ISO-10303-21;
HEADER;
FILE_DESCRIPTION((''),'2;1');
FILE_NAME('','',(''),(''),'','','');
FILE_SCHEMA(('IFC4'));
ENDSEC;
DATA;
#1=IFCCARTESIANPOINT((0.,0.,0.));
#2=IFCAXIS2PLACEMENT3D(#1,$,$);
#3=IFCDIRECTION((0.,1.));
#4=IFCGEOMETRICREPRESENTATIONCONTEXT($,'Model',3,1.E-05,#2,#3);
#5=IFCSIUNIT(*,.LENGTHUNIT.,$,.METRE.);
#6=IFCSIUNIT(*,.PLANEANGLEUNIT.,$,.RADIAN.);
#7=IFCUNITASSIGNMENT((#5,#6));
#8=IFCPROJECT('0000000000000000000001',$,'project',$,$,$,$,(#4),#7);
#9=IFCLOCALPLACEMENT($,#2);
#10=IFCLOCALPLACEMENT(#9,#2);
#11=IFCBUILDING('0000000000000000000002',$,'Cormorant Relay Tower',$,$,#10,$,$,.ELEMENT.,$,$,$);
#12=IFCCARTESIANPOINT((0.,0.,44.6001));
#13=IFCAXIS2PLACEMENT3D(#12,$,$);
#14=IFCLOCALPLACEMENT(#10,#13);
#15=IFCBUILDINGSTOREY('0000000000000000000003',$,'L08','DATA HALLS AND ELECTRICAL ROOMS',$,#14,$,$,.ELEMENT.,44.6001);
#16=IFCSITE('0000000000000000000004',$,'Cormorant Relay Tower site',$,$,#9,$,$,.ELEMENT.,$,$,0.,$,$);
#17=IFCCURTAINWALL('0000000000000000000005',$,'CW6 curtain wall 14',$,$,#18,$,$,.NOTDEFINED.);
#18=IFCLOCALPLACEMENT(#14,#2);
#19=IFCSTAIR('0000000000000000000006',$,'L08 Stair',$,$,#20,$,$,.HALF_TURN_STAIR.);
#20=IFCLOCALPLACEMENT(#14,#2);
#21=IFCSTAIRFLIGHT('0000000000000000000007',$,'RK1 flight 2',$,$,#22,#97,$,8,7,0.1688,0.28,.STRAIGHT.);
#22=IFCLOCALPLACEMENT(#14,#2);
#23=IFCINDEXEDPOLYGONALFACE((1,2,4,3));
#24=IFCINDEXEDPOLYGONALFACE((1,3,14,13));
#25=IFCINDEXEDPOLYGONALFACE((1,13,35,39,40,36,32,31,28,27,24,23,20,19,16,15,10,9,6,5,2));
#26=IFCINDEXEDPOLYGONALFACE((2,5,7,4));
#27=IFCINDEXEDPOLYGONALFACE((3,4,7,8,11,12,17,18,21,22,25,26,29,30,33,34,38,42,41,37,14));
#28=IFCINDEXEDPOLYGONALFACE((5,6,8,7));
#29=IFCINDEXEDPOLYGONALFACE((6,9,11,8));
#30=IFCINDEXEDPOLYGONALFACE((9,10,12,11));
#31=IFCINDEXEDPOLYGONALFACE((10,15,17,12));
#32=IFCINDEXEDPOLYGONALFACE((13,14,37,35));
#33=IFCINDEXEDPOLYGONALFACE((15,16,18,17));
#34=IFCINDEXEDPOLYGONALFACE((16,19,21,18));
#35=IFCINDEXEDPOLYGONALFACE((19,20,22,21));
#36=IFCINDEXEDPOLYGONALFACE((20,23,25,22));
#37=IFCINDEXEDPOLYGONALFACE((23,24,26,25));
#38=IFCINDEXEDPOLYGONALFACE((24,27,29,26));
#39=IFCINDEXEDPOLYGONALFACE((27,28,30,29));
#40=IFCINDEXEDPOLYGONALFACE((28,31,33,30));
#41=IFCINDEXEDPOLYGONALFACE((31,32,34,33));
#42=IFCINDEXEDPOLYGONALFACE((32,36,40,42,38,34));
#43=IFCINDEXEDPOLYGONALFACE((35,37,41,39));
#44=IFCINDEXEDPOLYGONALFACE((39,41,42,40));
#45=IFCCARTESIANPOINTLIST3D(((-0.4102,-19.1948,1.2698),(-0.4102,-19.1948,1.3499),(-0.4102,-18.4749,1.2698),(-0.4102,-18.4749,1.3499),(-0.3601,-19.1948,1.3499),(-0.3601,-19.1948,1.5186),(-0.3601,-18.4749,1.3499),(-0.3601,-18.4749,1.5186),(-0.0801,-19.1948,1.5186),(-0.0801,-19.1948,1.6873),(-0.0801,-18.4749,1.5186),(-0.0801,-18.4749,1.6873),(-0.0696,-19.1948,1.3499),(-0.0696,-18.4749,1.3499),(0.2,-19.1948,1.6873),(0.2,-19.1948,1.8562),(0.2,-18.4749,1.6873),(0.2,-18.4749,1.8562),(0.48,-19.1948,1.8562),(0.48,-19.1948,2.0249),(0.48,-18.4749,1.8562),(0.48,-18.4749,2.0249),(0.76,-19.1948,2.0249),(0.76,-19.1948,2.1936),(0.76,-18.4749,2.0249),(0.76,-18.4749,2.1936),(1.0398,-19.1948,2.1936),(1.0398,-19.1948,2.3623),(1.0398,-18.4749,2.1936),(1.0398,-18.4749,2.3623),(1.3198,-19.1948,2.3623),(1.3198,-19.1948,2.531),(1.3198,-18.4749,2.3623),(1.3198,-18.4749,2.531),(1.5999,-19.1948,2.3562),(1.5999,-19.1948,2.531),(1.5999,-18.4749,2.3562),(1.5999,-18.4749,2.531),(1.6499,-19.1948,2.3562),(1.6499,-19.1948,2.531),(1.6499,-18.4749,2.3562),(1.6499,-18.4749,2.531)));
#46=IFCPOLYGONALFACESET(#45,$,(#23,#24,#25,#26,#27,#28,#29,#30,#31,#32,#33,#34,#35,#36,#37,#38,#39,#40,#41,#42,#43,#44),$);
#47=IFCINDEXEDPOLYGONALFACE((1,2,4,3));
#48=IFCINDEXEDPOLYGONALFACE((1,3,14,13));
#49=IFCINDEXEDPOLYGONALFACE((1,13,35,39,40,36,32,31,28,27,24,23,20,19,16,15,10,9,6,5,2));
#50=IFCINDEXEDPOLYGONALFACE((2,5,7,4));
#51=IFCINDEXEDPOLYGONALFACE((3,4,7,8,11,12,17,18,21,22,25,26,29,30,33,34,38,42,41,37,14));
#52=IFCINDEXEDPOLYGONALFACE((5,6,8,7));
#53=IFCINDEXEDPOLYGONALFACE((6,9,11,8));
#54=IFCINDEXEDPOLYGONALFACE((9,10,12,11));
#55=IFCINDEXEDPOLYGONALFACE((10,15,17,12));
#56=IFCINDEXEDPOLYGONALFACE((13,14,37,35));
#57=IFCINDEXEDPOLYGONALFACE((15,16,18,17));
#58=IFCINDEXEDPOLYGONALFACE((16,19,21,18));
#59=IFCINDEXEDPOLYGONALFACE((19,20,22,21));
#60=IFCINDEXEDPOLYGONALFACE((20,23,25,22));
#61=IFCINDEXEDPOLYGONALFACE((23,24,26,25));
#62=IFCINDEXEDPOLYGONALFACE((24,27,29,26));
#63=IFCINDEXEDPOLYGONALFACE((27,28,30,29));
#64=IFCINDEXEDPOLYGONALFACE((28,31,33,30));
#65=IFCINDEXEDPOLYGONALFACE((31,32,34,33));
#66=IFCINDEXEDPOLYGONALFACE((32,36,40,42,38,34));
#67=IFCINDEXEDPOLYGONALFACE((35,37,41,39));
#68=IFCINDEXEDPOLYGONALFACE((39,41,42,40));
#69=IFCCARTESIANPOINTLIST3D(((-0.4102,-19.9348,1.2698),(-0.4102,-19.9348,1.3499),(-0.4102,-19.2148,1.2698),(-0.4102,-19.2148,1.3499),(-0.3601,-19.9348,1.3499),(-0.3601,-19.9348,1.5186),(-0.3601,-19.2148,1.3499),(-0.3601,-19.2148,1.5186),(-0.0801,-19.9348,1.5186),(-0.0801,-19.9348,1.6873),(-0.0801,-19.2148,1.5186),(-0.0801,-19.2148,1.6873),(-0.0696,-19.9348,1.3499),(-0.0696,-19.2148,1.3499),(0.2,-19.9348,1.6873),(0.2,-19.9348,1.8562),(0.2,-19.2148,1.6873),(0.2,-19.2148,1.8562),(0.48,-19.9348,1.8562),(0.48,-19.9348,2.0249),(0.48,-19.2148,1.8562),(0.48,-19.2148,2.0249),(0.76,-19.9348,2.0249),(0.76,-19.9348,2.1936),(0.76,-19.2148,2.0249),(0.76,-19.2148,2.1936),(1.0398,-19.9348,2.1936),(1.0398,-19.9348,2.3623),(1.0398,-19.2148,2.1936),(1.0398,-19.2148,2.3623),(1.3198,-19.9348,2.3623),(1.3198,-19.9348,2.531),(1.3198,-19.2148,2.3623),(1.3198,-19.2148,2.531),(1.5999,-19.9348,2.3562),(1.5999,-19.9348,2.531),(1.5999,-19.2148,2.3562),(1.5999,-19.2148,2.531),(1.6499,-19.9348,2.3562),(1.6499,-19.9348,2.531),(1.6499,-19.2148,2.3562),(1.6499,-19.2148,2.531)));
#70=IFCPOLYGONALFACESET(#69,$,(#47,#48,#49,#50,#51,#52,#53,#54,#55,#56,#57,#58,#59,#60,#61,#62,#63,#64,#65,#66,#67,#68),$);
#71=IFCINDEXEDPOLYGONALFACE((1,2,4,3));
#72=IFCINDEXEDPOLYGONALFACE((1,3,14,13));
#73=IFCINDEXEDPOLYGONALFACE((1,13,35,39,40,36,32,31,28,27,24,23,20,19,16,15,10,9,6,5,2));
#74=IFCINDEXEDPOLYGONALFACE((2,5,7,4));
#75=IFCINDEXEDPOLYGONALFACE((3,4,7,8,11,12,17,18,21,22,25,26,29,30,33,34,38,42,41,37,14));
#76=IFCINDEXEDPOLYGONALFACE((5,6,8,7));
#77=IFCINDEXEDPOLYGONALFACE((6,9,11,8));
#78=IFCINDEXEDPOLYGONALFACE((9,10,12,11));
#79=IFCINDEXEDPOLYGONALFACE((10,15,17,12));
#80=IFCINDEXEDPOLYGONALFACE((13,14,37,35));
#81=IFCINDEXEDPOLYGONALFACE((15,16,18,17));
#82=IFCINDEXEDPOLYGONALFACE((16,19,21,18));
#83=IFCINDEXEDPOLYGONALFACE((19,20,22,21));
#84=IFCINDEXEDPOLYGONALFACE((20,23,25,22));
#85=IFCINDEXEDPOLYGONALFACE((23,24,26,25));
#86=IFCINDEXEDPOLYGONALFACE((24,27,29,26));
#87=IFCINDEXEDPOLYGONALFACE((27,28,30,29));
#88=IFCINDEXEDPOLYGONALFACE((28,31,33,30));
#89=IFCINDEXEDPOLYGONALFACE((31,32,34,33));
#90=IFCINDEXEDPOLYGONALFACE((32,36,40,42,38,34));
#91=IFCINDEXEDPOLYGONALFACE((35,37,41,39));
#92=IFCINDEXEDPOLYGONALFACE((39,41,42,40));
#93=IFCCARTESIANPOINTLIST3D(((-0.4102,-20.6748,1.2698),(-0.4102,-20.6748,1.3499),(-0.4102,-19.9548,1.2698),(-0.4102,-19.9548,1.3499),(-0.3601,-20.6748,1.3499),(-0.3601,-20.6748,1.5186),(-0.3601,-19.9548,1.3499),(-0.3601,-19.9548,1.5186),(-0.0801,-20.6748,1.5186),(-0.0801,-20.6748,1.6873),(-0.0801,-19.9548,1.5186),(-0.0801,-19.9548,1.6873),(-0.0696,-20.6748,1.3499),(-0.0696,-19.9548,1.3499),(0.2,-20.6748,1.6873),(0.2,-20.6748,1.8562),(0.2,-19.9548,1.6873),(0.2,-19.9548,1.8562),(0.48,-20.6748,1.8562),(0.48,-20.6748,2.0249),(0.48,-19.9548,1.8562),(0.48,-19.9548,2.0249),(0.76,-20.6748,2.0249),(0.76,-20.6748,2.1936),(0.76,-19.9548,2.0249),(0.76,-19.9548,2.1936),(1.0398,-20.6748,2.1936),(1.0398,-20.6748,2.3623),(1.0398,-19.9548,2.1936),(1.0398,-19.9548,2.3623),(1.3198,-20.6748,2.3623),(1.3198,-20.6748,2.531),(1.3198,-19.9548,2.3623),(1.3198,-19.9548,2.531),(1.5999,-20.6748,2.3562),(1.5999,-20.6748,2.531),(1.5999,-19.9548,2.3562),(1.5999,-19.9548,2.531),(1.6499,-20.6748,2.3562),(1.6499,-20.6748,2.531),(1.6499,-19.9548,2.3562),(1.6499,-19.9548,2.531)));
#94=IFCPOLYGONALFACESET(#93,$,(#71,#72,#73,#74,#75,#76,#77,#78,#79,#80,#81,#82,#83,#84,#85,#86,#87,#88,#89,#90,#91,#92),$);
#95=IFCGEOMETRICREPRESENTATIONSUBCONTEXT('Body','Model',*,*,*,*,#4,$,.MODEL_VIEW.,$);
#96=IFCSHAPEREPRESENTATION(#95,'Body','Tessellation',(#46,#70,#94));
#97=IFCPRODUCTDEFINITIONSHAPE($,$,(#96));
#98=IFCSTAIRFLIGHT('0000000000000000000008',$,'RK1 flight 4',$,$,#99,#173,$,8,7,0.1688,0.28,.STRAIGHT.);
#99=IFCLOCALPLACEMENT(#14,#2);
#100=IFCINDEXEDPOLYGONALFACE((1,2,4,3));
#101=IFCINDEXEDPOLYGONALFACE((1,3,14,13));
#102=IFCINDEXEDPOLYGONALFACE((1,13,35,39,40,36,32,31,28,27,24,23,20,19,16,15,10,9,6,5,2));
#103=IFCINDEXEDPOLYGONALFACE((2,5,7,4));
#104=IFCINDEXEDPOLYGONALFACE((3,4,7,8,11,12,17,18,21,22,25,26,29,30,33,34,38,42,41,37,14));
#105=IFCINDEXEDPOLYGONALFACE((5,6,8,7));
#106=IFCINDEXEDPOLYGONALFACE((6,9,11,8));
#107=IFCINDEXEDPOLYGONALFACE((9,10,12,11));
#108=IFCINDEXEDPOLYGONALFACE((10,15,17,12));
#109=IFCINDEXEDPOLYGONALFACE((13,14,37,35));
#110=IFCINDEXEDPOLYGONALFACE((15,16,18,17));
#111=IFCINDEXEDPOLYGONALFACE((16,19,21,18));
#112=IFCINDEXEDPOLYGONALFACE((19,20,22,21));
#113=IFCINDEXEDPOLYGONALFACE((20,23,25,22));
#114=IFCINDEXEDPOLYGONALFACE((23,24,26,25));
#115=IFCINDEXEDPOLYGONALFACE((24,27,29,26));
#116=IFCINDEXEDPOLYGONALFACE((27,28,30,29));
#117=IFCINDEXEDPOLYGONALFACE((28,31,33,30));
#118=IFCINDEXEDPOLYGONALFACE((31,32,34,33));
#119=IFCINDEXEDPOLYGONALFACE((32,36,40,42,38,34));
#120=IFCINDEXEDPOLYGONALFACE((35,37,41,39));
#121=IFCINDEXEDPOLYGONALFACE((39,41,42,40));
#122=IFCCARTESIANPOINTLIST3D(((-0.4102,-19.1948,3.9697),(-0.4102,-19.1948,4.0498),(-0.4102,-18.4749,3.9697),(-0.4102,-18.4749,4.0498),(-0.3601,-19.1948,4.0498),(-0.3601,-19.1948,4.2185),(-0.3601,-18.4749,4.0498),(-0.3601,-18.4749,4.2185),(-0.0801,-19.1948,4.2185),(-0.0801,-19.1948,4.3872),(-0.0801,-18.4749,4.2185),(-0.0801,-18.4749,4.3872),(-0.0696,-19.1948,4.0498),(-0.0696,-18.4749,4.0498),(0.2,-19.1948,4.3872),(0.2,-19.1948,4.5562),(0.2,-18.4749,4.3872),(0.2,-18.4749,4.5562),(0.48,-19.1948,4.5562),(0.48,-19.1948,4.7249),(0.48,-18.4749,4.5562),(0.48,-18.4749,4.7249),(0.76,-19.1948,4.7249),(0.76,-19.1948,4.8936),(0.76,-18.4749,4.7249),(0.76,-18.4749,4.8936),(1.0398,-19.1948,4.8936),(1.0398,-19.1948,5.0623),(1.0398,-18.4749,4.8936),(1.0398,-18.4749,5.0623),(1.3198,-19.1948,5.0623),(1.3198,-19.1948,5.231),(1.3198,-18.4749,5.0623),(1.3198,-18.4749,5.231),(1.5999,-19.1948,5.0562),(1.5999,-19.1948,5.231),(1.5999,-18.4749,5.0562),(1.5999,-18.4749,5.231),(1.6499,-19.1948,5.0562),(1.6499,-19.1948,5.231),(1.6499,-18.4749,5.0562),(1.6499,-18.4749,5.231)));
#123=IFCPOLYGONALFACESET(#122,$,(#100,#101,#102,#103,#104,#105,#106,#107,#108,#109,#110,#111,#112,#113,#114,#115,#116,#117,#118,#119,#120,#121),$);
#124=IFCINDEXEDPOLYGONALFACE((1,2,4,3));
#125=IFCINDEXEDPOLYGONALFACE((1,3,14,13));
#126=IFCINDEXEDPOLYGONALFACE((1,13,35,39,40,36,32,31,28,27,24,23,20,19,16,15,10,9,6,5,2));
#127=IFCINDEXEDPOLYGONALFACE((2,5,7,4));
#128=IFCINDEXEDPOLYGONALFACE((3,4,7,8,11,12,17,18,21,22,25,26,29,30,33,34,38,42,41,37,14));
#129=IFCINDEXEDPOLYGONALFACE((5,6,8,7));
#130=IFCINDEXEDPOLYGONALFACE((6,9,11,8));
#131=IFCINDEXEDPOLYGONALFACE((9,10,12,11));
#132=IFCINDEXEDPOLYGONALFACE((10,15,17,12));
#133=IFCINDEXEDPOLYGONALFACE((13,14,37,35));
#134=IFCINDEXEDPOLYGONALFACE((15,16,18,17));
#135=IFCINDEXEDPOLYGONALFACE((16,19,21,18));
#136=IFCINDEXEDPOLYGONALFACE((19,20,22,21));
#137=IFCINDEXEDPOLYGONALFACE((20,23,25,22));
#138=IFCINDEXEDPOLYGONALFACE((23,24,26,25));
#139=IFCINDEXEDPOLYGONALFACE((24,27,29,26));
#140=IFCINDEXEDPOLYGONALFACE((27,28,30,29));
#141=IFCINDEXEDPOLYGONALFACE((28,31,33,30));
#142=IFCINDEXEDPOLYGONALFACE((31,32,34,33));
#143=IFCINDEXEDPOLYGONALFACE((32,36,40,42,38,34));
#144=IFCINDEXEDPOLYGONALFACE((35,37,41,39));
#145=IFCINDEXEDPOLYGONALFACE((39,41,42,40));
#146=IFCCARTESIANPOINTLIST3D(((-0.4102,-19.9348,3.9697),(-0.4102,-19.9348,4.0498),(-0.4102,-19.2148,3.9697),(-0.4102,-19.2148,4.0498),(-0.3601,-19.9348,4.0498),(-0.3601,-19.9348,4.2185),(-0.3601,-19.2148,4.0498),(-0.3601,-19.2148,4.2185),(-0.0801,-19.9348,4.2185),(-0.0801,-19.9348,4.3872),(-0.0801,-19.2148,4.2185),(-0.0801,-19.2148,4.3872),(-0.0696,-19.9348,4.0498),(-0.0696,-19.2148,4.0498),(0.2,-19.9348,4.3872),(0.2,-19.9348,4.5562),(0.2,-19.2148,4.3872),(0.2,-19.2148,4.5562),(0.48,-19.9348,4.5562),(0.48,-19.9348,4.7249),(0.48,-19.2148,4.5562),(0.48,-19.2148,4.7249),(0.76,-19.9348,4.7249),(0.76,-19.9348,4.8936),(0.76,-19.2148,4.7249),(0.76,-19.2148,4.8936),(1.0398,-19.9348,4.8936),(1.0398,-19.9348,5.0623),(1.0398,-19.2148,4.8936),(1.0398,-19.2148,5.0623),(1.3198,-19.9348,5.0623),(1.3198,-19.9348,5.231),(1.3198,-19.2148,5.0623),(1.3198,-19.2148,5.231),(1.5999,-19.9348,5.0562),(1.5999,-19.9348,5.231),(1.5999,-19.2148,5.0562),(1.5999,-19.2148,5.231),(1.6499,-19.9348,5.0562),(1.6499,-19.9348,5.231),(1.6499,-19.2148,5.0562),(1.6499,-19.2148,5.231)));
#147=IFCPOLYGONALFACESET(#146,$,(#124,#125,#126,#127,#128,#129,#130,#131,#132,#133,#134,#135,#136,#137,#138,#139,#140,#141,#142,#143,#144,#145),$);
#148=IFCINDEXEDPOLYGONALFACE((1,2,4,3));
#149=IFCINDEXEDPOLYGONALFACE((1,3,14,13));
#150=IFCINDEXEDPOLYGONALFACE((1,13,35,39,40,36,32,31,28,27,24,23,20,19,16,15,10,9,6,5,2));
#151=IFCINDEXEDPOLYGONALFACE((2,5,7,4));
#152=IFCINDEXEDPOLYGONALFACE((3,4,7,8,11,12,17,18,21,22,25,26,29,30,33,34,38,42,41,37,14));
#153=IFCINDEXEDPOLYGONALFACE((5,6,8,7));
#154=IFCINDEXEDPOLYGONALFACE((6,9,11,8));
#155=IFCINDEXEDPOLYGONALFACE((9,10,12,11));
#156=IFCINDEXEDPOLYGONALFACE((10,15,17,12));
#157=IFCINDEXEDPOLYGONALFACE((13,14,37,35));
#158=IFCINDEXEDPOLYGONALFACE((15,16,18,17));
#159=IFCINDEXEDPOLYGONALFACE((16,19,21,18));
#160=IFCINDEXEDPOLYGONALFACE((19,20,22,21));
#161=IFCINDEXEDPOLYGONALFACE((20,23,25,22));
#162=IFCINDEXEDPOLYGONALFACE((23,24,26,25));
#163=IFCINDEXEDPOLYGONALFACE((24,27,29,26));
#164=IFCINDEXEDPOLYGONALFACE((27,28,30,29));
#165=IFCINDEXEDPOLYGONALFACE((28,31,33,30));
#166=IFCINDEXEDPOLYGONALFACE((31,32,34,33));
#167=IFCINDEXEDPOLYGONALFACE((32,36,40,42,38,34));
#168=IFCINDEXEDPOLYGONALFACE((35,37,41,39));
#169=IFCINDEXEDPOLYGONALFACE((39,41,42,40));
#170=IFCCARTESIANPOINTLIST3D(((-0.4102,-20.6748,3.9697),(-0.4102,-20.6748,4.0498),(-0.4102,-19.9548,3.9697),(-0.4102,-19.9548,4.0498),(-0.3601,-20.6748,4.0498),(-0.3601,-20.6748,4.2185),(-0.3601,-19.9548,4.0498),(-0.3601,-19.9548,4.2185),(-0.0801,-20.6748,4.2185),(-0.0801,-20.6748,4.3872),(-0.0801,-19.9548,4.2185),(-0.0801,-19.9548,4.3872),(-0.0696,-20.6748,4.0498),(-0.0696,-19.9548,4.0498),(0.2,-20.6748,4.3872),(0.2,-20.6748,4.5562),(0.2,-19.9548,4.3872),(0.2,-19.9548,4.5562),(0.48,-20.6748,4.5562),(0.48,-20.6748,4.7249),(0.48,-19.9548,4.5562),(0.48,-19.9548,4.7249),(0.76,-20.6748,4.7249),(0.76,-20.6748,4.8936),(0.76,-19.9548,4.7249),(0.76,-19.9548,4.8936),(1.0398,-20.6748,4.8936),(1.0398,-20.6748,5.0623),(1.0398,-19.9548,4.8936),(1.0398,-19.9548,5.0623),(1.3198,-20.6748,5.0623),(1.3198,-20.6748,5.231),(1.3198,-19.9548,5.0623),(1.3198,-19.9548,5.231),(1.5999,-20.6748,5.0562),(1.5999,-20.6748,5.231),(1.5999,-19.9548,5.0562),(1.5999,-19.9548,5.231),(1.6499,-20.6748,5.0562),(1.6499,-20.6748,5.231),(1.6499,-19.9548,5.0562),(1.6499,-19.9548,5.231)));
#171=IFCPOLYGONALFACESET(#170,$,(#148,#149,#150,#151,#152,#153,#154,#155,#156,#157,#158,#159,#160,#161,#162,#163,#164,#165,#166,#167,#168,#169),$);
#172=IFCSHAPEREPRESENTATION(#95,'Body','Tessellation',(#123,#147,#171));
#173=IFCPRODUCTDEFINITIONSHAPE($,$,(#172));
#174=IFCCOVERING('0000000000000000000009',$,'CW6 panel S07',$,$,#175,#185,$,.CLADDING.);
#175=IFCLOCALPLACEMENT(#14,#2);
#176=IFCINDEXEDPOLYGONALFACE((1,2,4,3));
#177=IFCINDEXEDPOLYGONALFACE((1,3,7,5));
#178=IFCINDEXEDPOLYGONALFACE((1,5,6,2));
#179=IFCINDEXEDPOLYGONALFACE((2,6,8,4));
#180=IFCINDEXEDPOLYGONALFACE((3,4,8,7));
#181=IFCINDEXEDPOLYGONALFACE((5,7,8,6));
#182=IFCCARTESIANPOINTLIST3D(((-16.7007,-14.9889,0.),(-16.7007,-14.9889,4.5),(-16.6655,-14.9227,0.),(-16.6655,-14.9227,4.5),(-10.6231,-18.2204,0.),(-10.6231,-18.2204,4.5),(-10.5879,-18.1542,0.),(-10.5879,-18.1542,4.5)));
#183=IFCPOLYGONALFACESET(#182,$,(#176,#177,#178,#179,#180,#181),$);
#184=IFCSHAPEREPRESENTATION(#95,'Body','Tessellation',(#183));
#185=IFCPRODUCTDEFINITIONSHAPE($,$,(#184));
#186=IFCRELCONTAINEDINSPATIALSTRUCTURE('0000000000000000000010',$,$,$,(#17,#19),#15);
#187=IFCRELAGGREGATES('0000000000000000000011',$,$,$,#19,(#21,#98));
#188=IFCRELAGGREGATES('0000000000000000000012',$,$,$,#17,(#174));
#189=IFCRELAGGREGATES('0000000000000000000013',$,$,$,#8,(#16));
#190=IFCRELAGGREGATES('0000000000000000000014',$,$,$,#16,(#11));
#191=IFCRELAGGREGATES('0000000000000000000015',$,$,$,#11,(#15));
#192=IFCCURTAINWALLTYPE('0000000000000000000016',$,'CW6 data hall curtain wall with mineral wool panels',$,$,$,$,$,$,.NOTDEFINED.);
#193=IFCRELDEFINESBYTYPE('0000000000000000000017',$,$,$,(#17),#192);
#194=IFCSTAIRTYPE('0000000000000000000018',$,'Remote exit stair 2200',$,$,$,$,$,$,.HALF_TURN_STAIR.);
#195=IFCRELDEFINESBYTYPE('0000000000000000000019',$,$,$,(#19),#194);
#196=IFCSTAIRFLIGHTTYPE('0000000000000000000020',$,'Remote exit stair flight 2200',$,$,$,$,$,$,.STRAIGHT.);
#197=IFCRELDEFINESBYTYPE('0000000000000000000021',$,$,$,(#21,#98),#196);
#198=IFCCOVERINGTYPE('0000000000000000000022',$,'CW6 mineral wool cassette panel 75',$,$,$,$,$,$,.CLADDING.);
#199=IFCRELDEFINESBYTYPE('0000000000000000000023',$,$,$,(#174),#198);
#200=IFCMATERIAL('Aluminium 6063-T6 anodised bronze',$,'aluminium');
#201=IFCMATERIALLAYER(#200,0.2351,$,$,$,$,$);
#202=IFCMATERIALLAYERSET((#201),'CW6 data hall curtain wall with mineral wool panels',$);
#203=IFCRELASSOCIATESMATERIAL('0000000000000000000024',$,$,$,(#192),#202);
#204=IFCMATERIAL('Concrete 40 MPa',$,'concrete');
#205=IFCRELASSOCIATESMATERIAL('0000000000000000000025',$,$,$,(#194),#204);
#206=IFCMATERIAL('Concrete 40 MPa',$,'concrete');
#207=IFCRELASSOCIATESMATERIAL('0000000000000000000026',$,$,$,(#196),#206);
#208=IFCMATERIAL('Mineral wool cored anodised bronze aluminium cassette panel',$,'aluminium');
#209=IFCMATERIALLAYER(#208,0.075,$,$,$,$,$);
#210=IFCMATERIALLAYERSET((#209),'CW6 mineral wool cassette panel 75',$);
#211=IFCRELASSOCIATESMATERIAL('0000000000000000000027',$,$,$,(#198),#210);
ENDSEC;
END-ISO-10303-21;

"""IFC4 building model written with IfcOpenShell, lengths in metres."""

from ifc_helpers import new_model, si_unit, direction, frame, origin, origin_2d, place, context, subcontext, project, spatial, polyline, rectangle, outline, extrude, material, layer, layer_set, type_object, element, aggregate, save


model = new_model("IFC4")

# Units and contexts
model_context = context("Model", 3, precision=1e-05, world=origin(), true_north=direction((0.0, 1.0)))
body_context = subcontext(model_context, "Body", "Model", "MODEL_VIEW")
ifc_project = project(units=[si_unit("LENGTHUNIT", "METRE"), si_unit("PLANEANGLEUNIT", "RADIAN")], contexts=[model_context])

# Site, building, storey
site_placement = place(None, origin())
site = spatial("IfcSite", under=ifc_project, at=site_placement, Name="Cormorant Relay Tower site", CompositionType="ELEMENT", RefElevation=0.0)
building_placement = place(site_placement, origin())
building = spatial("IfcBuilding", under=site, at=building_placement, Name="Cormorant Relay Tower", CompositionType="ELEMENT")
storey_placement = place(building_placement, frame((0.0, 0.0, 44.6001)))
storey = spatial("IfcBuildingStorey", under=building, at=storey_placement, Name="L08", Description="DATA HALLS AND ELECTRICAL ROOMS", CompositionType="ELEMENT", Elevation=44.6001)

# Shared definitions
ifc_material_1 = material(Name="Aluminium 6063-T6 anodised bronze", Category="aluminium")
ifc_layer_1 = layer(ifc_material_1, 0.2351)
ifc_layer_set_1 = layer_set([ifc_layer_1], Name="CW6 data hall curtain wall with mineral wool panels")
curtain_wall_type = type_object("IfcCurtainWallType", Name="CW6 data hall curtain wall with mineral wool panels", PredefinedType="NOTDEFINED", material=ifc_layer_set_1)

# Curtain wall
curtain_wall_1_placement = place(storey_placement, origin())
curtain_wall_1 = element("IfcCurtainWall", 1, at=curtain_wall_1_placement, inside=storey, type_object=curtain_wall_type, Name="CW6 curtain wall 14", PredefinedType="NOTDEFINED")

# Stair, stair flights
ifc_material_2 = material(Name="Concrete 40 MPa", Category="concrete")
stair_type = type_object("IfcStairType", Name="Remote exit stair 2200", PredefinedType="HALF_TURN_STAIR", material=ifc_material_2)
stair_placement = place(storey_placement, origin())
stair = element("IfcStair", 2, at=stair_placement, inside=storey, type_object=stair_type, Name="L08 Stair", PredefinedType="HALF_TURN_STAIR")
ifc_material_3 = material(Name="Concrete 40 MPa", Category="concrete")
stair_flight_type = type_object("IfcStairFlightType", Name="Remote exit stair flight 2200", PredefinedType="STRAIGHT", material=ifc_material_3)
stair_flight_1_placement = place(storey_placement, frame((-0.3601, -19.575, 1.3499), z_axis=(0.0, 0.0, 1.0), x_axis=(1.0, 0.0, 0.0)))
stair_flight_1 = element("IfcStairFlight", 3, at=stair_flight_1_placement, type_object=stair_flight_type, Name="RK1 flight 2", NumberOfRisers=8, NumberOfTreads=7, PredefinedType="STRAIGHT", RiserHeight=0.1688, TreadLength=0.28, context=body_context, shape_type="SweptSolid", body=[
    extrude(outline(polyline([(-0.05, -0.0801), (-0.05, 0.0), (0.0, 0.0), (0.0, 0.1687), (0.28, 0.1687), (0.28, 0.3374), (0.5601, 0.3374), (0.5601, 0.5063), (0.8401, 0.5063), (0.8401, 0.675), (1.1201, 0.675), (1.1201, 0.8438), (1.3999, 0.8438), (1.3999, 1.0125), (1.6799, 1.0125), (1.6799, 1.1812), (1.96, 1.1812), (2.01, 1.1812), (2.01, 1.0063), (1.96, 1.0063), (0.2905, 0.0), (-0.05, -0.0801)])), frame((0.0, 1.1001, 0.0), z_axis=(0.0, -1.0, 0.0), x_axis=(1.0, 0.0, 0.0)), (0.0, 0.0, 1.0), 0.72),
    extrude(outline(polyline([(-0.05, -0.0801), (-0.05, 0.0), (0.0, 0.0), (0.0, 0.1687), (0.28, 0.1687), (0.28, 0.3374), (0.5601, 0.3374), (0.5601, 0.5063), (0.8401, 0.5063), (0.8401, 0.675), (1.1201, 0.675), (1.1201, 0.8438), (1.3999, 0.8438), (1.3999, 1.0125), (1.6799, 1.0125), (1.6799, 1.1812), (1.96, 1.1812), (2.01, 1.1812), (2.01, 1.0063), (1.96, 1.0063), (0.2905, 0.0), (-0.05, -0.0801)])), frame((0.0, 0.3601, 0.0), z_axis=(0.0, -1.0, 0.0), x_axis=(1.0, 0.0, 0.0)), (0.0, 0.0, 1.0), 0.72),
    extrude(outline(polyline([(-0.05, -0.0801), (-0.05, 0.0), (0.0, 0.0), (0.0, 0.1687), (0.28, 0.1687), (0.28, 0.3374), (0.5601, 0.3374), (0.5601, 0.5063), (0.8401, 0.5063), (0.8401, 0.675), (1.1201, 0.675), (1.1201, 0.8438), (1.3999, 0.8438), (1.3999, 1.0125), (1.6799, 1.0125), (1.6799, 1.1812), (1.96, 1.1812), (2.01, 1.1812), (2.01, 1.0063), (1.96, 1.0063), (0.2905, 0.0), (-0.05, -0.0801)])), frame((0.0, -0.3799, 0.0), z_axis=(0.0, -1.0, 0.0), x_axis=(1.0, 0.0, 0.0)), (0.0, 0.0, 1.0), 0.72),
])
stair_flight_2_placement = place(storey_placement, frame((-0.3601, -19.575, 4.0498), z_axis=(0.0, 0.0, 1.0), x_axis=(1.0, 0.0, 0.0)))
stair_flight_2 = element("IfcStairFlight", 4, at=stair_flight_2_placement, type_object=stair_flight_type, Name="RK1 flight 4", NumberOfRisers=8, NumberOfTreads=7, PredefinedType="STRAIGHT", RiserHeight=0.1688, TreadLength=0.28, context=body_context, shape_type="SweptSolid", body=[
    extrude(outline(polyline([(-0.05, -0.0801), (-0.05, 0.0), (0.0, 0.0), (0.0, 0.1687), (0.28, 0.1687), (0.28, 0.3374), (0.5601, 0.3374), (0.5601, 0.5063), (0.8401, 0.5063), (0.8401, 0.675), (1.1201, 0.675), (1.1201, 0.8438), (1.3999, 0.8438), (1.3999, 1.0125), (1.6799, 1.0125), (1.6799, 1.1812), (1.96, 1.1812), (2.01, 1.1812), (2.01, 1.0063), (1.96, 1.0063), (0.2905, 0.0), (-0.05, -0.0801)])), frame((0.0, 1.1001, 0.0), z_axis=(0.0, -1.0, 0.0), x_axis=(1.0, 0.0, 0.0)), (0.0, 0.0, 1.0), 0.72),
    extrude(outline(polyline([(-0.05, -0.0801), (-0.05, 0.0), (0.0, 0.0), (0.0, 0.1687), (0.28, 0.1687), (0.28, 0.3374), (0.5601, 0.3374), (0.5601, 0.5063), (0.8401, 0.5063), (0.8401, 0.675), (1.1201, 0.675), (1.1201, 0.8438), (1.3999, 0.8438), (1.3999, 1.0125), (1.6799, 1.0125), (1.6799, 1.1812), (1.96, 1.1812), (2.01, 1.1812), (2.01, 1.0063), (1.96, 1.0063), (0.2905, 0.0), (-0.05, -0.0801)])), frame((0.0, 0.3601, 0.0), z_axis=(0.0, -1.0, 0.0), x_axis=(1.0, 0.0, 0.0)), (0.0, 0.0, 1.0), 0.72),
    extrude(outline(polyline([(-0.05, -0.0801), (-0.05, 0.0), (0.0, 0.0), (0.0, 0.1687), (0.28, 0.1687), (0.28, 0.3374), (0.5601, 0.3374), (0.5601, 0.5063), (0.8401, 0.5063), (0.8401, 0.675), (1.1201, 0.675), (1.1201, 0.8438), (1.3999, 0.8438), (1.3999, 1.0125), (1.6799, 1.0125), (1.6799, 1.1812), (1.96, 1.1812), (2.01, 1.1812), (2.01, 1.0063), (1.96, 1.0063), (0.2905, 0.0), (-0.05, -0.0801)])), frame((0.0, -0.3799, 0.0), z_axis=(0.0, -1.0, 0.0), x_axis=(1.0, 0.0, 0.0)), (0.0, 0.0, 1.0), 0.72),
])
aggregate(stair, [stair_flight_1, stair_flight_2])

# Covering
ifc_material_4 = material(Name="Mineral wool cored anodised bronze aluminium cassette panel", Category="aluminium")
ifc_layer_2 = layer(ifc_material_4, 0.075)
ifc_layer_set_2 = layer_set([ifc_layer_2], Name="CW6 mineral wool cassette panel 75")
covering_type = type_object("IfcCoveringType", Name="CW6 mineral wool cassette panel 75", PredefinedType="CLADDING", material=ifc_layer_set_2)
covering_1_placement = place(storey_placement, frame((-13.6443, -16.5715, 0.0), z_axis=(0.0, 0.0, 1.0), x_axis=(0.882948, -0.469472, 0.0)))
covering_1 = element("IfcCovering", 5, at=covering_1_placement, type_object=covering_type, Name="CW6 panel S07", PredefinedType="CLADDING", context=body_context, shape_type="SweptSolid", body=[
    extrude(rectangle(XDim=6.8833, YDim=0.075, at=origin_2d()), origin(), (0.0, 0.0, 1.0), 4.5),
])
aggregate(curtain_wall_1, [covering_1])

save(model, "model.ifc")
